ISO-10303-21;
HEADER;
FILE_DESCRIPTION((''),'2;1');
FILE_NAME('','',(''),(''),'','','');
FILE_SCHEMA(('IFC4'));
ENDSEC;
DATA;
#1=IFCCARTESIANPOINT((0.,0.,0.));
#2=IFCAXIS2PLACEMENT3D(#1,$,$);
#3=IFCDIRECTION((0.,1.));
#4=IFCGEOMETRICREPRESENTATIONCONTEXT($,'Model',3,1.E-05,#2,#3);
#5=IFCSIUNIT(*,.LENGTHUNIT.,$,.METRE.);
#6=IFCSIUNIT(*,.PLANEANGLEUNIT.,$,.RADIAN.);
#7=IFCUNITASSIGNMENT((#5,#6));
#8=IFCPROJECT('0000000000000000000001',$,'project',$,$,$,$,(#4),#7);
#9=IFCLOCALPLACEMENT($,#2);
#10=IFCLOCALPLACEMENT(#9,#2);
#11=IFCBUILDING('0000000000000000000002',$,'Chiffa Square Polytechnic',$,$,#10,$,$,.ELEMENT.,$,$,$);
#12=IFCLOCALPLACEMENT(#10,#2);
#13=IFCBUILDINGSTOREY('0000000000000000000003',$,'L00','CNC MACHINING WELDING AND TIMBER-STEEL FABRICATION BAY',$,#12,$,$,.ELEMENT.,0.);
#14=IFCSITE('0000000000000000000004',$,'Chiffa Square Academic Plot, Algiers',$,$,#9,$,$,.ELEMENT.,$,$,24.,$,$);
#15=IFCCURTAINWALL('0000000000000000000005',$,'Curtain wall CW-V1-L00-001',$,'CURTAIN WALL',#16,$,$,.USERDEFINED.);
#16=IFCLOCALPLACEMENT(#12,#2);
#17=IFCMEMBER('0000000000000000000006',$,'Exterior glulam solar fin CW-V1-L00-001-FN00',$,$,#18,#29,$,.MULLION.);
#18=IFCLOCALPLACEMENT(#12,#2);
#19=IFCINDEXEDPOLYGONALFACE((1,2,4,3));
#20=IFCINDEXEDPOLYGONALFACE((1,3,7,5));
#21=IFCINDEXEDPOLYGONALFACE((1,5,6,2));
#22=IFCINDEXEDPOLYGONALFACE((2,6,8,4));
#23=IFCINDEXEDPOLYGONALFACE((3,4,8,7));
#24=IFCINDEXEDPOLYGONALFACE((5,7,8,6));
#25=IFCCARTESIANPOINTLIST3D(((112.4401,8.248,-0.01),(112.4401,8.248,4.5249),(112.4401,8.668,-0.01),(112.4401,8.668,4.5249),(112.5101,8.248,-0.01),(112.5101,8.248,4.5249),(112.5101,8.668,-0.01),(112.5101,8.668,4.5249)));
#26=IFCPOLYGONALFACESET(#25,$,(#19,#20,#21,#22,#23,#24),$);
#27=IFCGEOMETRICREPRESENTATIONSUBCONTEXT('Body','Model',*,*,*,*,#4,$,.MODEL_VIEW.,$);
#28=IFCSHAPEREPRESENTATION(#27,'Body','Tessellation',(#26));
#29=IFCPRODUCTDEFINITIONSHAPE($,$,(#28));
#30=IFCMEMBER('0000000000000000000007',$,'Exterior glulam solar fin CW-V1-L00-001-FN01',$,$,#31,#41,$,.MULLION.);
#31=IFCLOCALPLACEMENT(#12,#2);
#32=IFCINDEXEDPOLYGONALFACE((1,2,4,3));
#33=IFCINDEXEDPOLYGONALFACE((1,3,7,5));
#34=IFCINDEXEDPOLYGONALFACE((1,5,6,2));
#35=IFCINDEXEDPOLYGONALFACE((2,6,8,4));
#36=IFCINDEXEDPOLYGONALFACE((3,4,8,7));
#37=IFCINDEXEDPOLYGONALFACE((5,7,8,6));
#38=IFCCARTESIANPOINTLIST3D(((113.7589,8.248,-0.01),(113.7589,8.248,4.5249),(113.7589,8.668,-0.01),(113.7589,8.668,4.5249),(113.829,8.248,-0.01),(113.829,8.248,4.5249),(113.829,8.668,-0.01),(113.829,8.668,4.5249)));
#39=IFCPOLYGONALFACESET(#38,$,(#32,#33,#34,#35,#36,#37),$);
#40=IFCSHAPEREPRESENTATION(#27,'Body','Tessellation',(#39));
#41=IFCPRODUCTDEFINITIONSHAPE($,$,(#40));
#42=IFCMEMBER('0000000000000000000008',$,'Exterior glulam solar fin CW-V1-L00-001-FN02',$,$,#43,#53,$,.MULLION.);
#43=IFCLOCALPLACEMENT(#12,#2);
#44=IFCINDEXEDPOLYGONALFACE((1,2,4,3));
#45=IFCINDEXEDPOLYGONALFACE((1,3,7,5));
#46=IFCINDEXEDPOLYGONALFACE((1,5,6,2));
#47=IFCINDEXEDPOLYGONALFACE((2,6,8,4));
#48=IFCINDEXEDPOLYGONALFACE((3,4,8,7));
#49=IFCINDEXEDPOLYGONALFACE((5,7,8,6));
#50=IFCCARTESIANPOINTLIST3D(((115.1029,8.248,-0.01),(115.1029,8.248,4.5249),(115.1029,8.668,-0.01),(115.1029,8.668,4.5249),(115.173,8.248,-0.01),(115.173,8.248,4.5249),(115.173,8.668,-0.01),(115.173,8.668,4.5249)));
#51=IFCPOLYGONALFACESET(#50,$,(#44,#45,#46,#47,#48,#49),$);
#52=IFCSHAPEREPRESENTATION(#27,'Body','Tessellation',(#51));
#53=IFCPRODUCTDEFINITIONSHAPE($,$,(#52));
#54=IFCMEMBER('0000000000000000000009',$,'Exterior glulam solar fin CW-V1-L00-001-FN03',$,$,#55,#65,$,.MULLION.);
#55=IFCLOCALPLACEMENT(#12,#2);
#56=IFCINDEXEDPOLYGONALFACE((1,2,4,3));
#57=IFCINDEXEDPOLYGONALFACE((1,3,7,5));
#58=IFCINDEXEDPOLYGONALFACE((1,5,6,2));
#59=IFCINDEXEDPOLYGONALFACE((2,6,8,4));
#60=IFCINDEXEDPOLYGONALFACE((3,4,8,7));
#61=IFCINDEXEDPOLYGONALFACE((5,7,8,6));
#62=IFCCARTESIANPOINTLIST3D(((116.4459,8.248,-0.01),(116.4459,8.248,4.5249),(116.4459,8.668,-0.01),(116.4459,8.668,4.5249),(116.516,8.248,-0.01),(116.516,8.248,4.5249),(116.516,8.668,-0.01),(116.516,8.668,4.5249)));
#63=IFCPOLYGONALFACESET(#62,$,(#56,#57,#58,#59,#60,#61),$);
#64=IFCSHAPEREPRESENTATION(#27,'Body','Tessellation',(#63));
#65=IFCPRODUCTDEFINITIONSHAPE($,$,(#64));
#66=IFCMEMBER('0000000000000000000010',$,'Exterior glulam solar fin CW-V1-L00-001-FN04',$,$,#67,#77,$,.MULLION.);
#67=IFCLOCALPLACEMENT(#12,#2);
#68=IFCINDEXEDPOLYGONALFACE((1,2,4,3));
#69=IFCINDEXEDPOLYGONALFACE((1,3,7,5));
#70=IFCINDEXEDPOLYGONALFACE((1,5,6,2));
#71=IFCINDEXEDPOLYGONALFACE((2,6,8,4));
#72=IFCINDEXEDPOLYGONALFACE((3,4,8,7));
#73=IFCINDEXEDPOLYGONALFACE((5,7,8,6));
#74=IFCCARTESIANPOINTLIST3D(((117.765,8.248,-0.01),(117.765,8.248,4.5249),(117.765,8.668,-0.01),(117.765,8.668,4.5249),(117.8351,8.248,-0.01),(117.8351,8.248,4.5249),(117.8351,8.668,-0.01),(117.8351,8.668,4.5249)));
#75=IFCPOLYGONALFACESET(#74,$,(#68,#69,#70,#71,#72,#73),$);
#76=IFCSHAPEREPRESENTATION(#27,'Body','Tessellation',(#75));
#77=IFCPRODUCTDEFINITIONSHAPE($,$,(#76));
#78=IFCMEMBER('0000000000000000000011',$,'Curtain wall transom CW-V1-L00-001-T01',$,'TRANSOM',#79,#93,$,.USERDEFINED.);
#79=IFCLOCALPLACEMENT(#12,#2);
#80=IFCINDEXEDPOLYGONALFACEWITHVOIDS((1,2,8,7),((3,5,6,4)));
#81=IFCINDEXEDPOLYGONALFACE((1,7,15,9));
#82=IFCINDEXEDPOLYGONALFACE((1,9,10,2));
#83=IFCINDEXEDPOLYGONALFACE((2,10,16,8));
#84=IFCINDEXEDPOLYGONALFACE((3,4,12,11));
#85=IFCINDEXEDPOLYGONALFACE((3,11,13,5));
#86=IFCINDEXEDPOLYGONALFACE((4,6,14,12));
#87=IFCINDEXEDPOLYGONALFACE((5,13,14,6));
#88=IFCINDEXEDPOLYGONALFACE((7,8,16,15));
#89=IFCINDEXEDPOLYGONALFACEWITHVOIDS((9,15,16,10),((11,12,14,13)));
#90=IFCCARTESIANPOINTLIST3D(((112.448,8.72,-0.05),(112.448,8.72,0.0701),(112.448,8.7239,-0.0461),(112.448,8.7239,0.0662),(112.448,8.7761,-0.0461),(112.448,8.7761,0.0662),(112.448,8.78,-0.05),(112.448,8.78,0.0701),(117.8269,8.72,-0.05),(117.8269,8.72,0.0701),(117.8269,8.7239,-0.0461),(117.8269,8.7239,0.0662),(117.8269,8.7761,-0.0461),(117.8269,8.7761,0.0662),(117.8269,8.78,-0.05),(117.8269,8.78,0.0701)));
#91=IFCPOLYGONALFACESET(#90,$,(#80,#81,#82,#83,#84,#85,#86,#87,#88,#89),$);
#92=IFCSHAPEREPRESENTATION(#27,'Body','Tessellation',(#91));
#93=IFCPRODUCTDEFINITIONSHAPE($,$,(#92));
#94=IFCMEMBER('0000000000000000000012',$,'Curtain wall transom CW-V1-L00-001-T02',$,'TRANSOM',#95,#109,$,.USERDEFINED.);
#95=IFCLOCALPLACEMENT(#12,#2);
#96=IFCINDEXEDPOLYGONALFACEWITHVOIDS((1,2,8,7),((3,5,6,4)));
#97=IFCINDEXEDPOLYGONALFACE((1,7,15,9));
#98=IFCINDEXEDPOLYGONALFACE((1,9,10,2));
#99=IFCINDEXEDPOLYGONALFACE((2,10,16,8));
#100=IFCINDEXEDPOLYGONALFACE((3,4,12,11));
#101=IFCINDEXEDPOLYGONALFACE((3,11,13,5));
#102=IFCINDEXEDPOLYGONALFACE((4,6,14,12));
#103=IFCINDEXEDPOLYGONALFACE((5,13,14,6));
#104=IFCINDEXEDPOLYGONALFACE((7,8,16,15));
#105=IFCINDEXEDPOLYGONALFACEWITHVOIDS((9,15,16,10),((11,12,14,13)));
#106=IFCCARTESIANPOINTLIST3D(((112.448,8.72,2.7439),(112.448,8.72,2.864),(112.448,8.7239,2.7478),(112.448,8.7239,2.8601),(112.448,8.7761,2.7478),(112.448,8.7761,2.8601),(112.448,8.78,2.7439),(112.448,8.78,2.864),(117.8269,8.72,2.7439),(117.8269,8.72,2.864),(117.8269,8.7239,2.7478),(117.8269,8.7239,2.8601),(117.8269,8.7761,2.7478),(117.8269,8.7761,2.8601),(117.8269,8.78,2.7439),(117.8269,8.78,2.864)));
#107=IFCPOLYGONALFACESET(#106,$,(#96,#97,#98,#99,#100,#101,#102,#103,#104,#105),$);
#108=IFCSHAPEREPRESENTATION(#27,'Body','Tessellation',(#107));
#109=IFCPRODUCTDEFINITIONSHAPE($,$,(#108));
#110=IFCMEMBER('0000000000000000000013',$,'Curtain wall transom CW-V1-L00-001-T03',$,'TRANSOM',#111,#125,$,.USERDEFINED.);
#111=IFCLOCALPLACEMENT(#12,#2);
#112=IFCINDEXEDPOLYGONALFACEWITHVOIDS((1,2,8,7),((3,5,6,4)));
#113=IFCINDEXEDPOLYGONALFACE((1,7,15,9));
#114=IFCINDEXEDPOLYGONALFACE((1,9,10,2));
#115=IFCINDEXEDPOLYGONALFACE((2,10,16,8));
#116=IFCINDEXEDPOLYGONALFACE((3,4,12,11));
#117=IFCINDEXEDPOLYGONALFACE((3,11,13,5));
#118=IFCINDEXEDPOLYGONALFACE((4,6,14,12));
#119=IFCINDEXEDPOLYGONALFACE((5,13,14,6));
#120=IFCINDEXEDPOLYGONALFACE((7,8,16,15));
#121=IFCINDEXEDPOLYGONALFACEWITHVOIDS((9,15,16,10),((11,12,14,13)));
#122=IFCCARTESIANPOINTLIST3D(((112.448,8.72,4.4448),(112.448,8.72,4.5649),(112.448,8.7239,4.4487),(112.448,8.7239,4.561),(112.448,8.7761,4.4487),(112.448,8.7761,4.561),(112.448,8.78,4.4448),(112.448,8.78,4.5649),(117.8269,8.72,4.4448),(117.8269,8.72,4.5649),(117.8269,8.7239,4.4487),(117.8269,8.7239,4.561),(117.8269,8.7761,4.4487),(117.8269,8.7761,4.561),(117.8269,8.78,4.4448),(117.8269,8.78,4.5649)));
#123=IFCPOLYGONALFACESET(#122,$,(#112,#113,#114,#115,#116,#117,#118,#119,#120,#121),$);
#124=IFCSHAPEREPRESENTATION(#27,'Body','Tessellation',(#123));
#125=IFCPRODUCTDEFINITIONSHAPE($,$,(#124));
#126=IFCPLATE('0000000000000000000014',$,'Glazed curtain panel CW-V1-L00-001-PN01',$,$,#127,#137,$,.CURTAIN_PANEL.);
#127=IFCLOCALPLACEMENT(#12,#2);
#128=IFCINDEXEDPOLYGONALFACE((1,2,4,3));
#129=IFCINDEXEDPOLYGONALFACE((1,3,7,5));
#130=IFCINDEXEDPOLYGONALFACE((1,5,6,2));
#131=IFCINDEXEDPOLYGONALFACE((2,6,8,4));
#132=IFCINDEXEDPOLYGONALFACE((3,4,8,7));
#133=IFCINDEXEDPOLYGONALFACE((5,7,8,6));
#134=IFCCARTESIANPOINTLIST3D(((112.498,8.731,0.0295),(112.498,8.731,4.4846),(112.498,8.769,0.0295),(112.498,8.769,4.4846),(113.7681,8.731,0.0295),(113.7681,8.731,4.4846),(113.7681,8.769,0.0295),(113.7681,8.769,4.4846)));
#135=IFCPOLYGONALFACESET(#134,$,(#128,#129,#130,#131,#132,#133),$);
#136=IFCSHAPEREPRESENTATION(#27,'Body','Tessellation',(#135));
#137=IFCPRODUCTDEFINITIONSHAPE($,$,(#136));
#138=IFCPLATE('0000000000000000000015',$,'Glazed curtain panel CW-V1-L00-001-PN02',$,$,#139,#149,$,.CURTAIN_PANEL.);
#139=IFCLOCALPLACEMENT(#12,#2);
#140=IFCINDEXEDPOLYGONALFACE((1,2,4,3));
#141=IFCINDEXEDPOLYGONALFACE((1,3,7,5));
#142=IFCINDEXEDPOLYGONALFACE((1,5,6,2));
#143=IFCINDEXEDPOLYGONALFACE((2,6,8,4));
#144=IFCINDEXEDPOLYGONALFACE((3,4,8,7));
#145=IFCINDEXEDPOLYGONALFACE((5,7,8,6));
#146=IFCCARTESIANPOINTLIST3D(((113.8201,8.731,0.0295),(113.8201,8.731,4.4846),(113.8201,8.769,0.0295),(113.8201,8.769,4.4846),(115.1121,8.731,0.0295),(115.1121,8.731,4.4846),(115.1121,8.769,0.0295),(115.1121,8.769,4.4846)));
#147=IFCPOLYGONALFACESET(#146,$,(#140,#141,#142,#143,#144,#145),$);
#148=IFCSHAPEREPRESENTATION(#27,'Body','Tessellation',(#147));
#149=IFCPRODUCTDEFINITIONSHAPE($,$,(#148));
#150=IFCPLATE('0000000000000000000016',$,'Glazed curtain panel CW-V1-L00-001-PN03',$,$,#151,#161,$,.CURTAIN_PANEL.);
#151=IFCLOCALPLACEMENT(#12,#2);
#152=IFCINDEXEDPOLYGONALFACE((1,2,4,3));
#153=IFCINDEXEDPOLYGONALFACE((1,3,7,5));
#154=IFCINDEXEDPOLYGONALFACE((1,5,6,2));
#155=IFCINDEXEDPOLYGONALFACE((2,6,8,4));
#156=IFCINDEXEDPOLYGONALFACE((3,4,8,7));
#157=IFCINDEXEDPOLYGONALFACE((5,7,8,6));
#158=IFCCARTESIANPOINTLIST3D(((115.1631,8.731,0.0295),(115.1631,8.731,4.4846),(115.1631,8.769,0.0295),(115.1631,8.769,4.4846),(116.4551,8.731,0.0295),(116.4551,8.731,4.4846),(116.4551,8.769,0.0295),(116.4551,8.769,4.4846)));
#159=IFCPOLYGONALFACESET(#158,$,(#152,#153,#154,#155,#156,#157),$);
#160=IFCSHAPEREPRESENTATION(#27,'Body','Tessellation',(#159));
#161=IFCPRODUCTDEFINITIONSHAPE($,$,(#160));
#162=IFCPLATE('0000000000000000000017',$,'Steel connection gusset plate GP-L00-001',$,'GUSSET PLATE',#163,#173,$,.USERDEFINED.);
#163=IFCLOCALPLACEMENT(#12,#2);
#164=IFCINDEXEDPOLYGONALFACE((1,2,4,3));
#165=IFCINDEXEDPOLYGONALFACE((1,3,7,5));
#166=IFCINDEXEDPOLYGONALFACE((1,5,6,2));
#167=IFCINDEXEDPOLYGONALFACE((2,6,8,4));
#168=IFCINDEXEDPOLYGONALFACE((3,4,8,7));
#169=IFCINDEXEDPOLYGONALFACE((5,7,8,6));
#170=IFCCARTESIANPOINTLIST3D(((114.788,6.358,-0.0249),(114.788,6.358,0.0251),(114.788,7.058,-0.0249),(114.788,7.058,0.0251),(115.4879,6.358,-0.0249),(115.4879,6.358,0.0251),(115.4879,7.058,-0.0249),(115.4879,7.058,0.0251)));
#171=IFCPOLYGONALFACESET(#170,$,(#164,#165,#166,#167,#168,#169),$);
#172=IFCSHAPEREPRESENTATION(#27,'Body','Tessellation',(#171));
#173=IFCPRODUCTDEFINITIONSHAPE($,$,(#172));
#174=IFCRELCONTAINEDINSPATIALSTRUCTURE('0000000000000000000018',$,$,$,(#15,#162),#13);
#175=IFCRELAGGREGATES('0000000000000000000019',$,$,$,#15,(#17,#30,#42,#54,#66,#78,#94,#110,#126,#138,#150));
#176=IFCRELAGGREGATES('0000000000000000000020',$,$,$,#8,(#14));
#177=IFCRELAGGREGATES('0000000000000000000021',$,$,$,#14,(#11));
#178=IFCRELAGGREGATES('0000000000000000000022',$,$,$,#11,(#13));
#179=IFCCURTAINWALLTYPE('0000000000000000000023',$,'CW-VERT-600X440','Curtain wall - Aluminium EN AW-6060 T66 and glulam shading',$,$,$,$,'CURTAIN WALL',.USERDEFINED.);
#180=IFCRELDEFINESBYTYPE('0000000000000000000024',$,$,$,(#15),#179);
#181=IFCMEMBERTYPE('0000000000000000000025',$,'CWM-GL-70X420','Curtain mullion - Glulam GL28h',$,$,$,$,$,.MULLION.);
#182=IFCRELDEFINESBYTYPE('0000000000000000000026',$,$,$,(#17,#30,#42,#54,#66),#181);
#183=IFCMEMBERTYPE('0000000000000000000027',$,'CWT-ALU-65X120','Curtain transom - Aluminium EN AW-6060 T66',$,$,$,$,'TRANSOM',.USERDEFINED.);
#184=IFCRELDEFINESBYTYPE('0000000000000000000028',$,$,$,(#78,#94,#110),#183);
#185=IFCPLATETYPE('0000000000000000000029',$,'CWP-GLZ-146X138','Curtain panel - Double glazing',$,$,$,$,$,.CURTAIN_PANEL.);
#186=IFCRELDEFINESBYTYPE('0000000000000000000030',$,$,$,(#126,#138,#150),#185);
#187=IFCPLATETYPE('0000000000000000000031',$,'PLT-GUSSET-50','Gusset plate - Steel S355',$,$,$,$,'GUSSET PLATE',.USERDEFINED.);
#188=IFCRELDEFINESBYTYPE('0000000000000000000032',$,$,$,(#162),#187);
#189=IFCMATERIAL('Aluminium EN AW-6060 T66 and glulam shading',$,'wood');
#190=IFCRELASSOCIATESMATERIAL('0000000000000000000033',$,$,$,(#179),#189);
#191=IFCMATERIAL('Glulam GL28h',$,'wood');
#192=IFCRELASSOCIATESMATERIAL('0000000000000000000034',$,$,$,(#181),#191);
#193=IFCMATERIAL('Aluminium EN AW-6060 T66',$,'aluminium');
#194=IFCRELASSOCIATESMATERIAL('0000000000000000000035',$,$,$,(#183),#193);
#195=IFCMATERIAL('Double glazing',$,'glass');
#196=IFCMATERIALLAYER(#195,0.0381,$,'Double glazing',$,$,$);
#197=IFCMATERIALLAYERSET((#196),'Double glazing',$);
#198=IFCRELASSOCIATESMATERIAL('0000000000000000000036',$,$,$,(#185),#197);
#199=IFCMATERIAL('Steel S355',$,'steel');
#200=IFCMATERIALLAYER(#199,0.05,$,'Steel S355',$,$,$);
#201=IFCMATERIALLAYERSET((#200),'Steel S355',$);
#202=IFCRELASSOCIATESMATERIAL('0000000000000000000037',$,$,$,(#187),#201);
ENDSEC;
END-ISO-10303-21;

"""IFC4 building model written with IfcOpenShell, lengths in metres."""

from ifc_helpers import new_model, si_unit, direction, frame, origin, origin_2d, place, context, subcontext, project, spatial, rectangle, hollow_rectangle, extrude, material, layer, layer_set, material_profile, profile_set, type_object, element, aggregate, save


model = new_model("IFC4")

# Units and contexts
model_context = context("Model", 3, precision=1e-05, world=origin(), true_north=direction((0.0, 1.0)))
body_context = subcontext(model_context, "Body", "Model", "MODEL_VIEW")
ifc_project = project(units=[si_unit("LENGTHUNIT", "METRE"), si_unit("PLANEANGLEUNIT", "RADIAN")], contexts=[model_context])

# Site, building, storey
site_placement = place(None, origin())
site = spatial("IfcSite", under=ifc_project, at=site_placement, Name="Chiffa Square Academic Plot, Algiers", CompositionType="ELEMENT", RefElevation=24.0)
building_placement = place(site_placement, origin())
building = spatial("IfcBuilding", under=site, at=building_placement, Name="Chiffa Square Polytechnic", CompositionType="ELEMENT")
storey_placement = place(building_placement, origin())
storey = spatial("IfcBuildingStorey", under=building, at=storey_placement, Name="L00", Description="CNC MACHINING WELDING AND TIMBER-STEEL FABRICATION BAY", CompositionType="ELEMENT", Elevation=0.0)

# Shared definitions
ifc_material_1 = material(Name="Steel S355", Category="steel")

# Curtain wall, members, plates
ifc_material_2 = material(Name="Aluminium EN AW-6060 T66 and glulam shading", Category="wood")
curtain_wall_type = type_object("IfcCurtainWallType", Name="CW-VERT-600X440", Description="Curtain wall - Aluminium EN AW-6060 T66 and glulam shading", ElementType="CURTAIN WALL", PredefinedType="USERDEFINED", material=ifc_material_2)
curtain_wall_placement = place(storey_placement, origin())
curtain_wall = element("IfcCurtainWall", 1, at=curtain_wall_placement, inside=storey, type_object=curtain_wall_type, Name="Curtain wall CW-V1-L00-001", ObjectType="CURTAIN WALL", PredefinedType="USERDEFINED")
ifc_material_3 = material(Name="Aluminium EN AW-6060 T66", Category="aluminium")
ifc_material_4 = material(Name="Glulam GL28h", Category="wood")
ifc_material_profile_1 = material_profile(ifc_material_4, rectangle(XDim=0.0701, YDim=0.4199, at=origin_2d()), Name="GL28h 70x420")
ifc_profile_set_1 = profile_set([ifc_material_profile_1], Name="Glulam GL28h")
member_type_1 = type_object("IfcMemberType", Name="CWM-GL-70X420", Description="Curtain mullion - Glulam GL28h", PredefinedType="MULLION", material=ifc_profile_set_1)
member_1_placement = place(storey_placement, frame((112.4751, 8.458, -0.01), z_axis=(0.0, 0.0, 1.0), x_axis=(1.0, 0.0, 0.0)))
member_1 = element("IfcMember", 2, at=member_1_placement, type_object=member_type_1, Name="Exterior glulam solar fin CW-V1-L00-001-FN00", PredefinedType="MULLION", context=body_context, shape_type="SweptSolid", body=[
    extrude(rectangle(XDim=0.0701, YDim=0.4199, at=origin_2d()), origin(), (0.0, 0.0, 1.0), 4.5349),
])
member_2_placement = place(storey_placement, frame((113.7939, 8.458, -0.01), z_axis=(0.0, 0.0, 1.0), x_axis=(1.0, 0.0, 0.0)))
member_2 = element("IfcMember", 3, at=member_2_placement, type_object=member_type_1, Name="Exterior glulam solar fin CW-V1-L00-001-FN01", PredefinedType="MULLION", context=body_context, shape_type="SweptSolid", body=[
    extrude(rectangle(XDim=0.0701, YDim=0.4199, at=origin_2d()), origin(), (0.0, 0.0, 1.0), 4.5349),
])
member_3_placement = place(storey_placement, frame((115.1379, 8.458, -0.01), z_axis=(0.0, 0.0, 1.0), x_axis=(1.0, 0.0, 0.0)))
member_3 = element("IfcMember", 4, at=member_3_placement, type_object=member_type_1, Name="Exterior glulam solar fin CW-V1-L00-001-FN02", PredefinedType="MULLION", context=body_context, shape_type="SweptSolid", body=[
    extrude(rectangle(XDim=0.0701, YDim=0.4199, at=origin_2d()), origin(), (0.0, 0.0, 1.0), 4.5349),
])
member_4_placement = place(storey_placement, frame((116.481, 8.458, -0.01), z_axis=(0.0, 0.0, 1.0), x_axis=(1.0, 0.0, 0.0)))
member_4 = element("IfcMember", 5, at=member_4_placement, type_object=member_type_1, Name="Exterior glulam solar fin CW-V1-L00-001-FN03", PredefinedType="MULLION", context=body_context, shape_type="SweptSolid", body=[
    extrude(rectangle(XDim=0.0701, YDim=0.4199, at=origin_2d()), origin(), (0.0, 0.0, 1.0), 4.5349),
])
member_5_placement = place(storey_placement, frame((117.8, 8.458, -0.01), z_axis=(0.0, 0.0, 1.0), x_axis=(1.0, 0.0, 0.0)))
member_5 = element("IfcMember", 6, at=member_5_placement, type_object=member_type_1, Name="Exterior glulam solar fin CW-V1-L00-001-FN04", PredefinedType="MULLION", context=body_context, shape_type="SweptSolid", body=[
    extrude(rectangle(XDim=0.0701, YDim=0.4199, at=origin_2d()), origin(), (0.0, 0.0, 1.0), 4.5349),
])
ifc_material_profile_2 = material_profile(ifc_material_3, hollow_rectangle(XDim=0.0601, YDim=0.1201, WallThickness=0.0039, at=origin_2d()), Name="ALU 60x120x4")
ifc_profile_set_2 = profile_set([ifc_material_profile_2], Name="Aluminium EN AW-6060 T66")
member_type_2 = type_object("IfcMemberType", Name="CWT-ALU-65X120", Description="Curtain transom - Aluminium EN AW-6060 T66", ElementType="TRANSOM", PredefinedType="USERDEFINED", material=ifc_profile_set_2)
member_6_placement = place(storey_placement, frame((112.448, 8.75, 0.01), z_axis=(1.0, 0.0, 0.0), x_axis=(0.0, 1.0, 0.0)))
member_6 = element("IfcMember", 7, at=member_6_placement, type_object=member_type_2, Name="Curtain wall transom CW-V1-L00-001-T01", ObjectType="TRANSOM", PredefinedType="USERDEFINED", context=body_context, shape_type="SweptSolid", body=[
    extrude(hollow_rectangle(XDim=0.0601, YDim=0.1201, WallThickness=0.0039, at=origin_2d()), origin(), (0.0, 0.0, 1.0), 5.3789),
])
member_7_placement = place(storey_placement, frame((112.448, 8.75, 2.804), z_axis=(1.0, 0.0, 0.0), x_axis=(0.0, 1.0, 0.0)))
member_7 = element("IfcMember", 8, at=member_7_placement, type_object=member_type_2, Name="Curtain wall transom CW-V1-L00-001-T02", ObjectType="TRANSOM", PredefinedType="USERDEFINED", context=body_context, shape_type="SweptSolid", body=[
    extrude(hollow_rectangle(XDim=0.0601, YDim=0.1201, WallThickness=0.0039, at=origin_2d()), origin(), (0.0, 0.0, 1.0), 5.3789),
])
member_8_placement = place(storey_placement, frame((112.448, 8.75, 4.5049), z_axis=(1.0, 0.0, 0.0), x_axis=(0.0, 1.0, 0.0)))
member_8 = element("IfcMember", 9, at=member_8_placement, type_object=member_type_2, Name="Curtain wall transom CW-V1-L00-001-T03", ObjectType="TRANSOM", PredefinedType="USERDEFINED", context=body_context, shape_type="SweptSolid", body=[
    extrude(hollow_rectangle(XDim=0.0601, YDim=0.1201, WallThickness=0.0039, at=origin_2d()), origin(), (0.0, 0.0, 1.0), 5.3789),
])
ifc_material_5 = material(Name="Double glazing", Category="glass")
ifc_layer_1 = layer(ifc_material_5, 0.0381, Name="Double glazing")
ifc_layer_set_1 = layer_set([ifc_layer_1], Name="Double glazing")
plate_type_1 = type_object("IfcPlateType", Name="CWP-GLZ-146X138", Description="Curtain panel - Double glazing", PredefinedType="CURTAIN_PANEL", material=ifc_layer_set_1)
plate_1_placement = place(storey_placement, frame((113.1331, 8.75, 0.0295), z_axis=(0.0, 0.0, 1.0), x_axis=(1.0, 0.0, 0.0)))
plate_1 = element("IfcPlate", 10, at=plate_1_placement, type_object=plate_type_1, Name="Glazed curtain panel CW-V1-L00-001-PN01", PredefinedType="CURTAIN_PANEL", context=body_context, shape_type="SweptSolid", body=[
    extrude(rectangle(XDim=1.27, YDim=0.0381, at=origin_2d()), origin(), (0.0, 0.0, 1.0), 4.4551),
])
plate_2_placement = place(storey_placement, frame((114.4661, 8.75, 0.0295), z_axis=(0.0, 0.0, 1.0), x_axis=(1.0, 0.0, 0.0)))
plate_2 = element("IfcPlate", 11, at=plate_2_placement, type_object=plate_type_1, Name="Glazed curtain panel CW-V1-L00-001-PN02", PredefinedType="CURTAIN_PANEL", context=body_context, shape_type="SweptSolid", body=[
    extrude(rectangle(XDim=1.292, YDim=0.0381, at=origin_2d()), origin(), (0.0, 0.0, 1.0), 4.4551),
])
plate_3_placement = place(storey_placement, frame((115.8091, 8.75, 0.0295), z_axis=(0.0, 0.0, 1.0), x_axis=(1.0, 0.0, 0.0)))
plate_3 = element("IfcPlate", 12, at=plate_3_placement, type_object=plate_type_1, Name="Glazed curtain panel CW-V1-L00-001-PN03", PredefinedType="CURTAIN_PANEL", context=body_context, shape_type="SweptSolid", body=[
    extrude(rectangle(XDim=1.292, YDim=0.0381, at=origin_2d()), origin(), (0.0, 0.0, 1.0), 4.4551),
])
aggregate(curtain_wall, [member_1, member_2, member_3, member_4, member_5, member_6, member_7, member_8, plate_1, plate_2, plate_3])

# Plate
ifc_layer_2 = layer(ifc_material_1, 0.05, Name="Steel S355")
ifc_layer_set_2 = layer_set([ifc_layer_2], Name="Steel S355")
plate_type_2 = type_object("IfcPlateType", Name="PLT-GUSSET-50", Description="Gusset plate - Steel S355", ElementType="GUSSET PLATE", PredefinedType="USERDEFINED", material=ifc_layer_set_2)
plate_4_placement = place(storey_placement, frame((115.1379, 6.708, -0.0249), z_axis=(0.0, 0.0, 1.0), x_axis=(1.0, 0.0, 0.0)))
element("IfcPlate", 13, at=plate_4_placement, inside=storey, type_object=plate_type_2, Name="Steel connection gusset plate GP-L00-001", ObjectType="GUSSET PLATE", PredefinedType="USERDEFINED", context=body_context, shape_type="SweptSolid", body=[
    extrude(rectangle(XDim=0.7, YDim=0.7, at=origin_2d()), origin(), (0.0, 0.0, 1.0), 0.05),
])

save(model, "model.ifc")
